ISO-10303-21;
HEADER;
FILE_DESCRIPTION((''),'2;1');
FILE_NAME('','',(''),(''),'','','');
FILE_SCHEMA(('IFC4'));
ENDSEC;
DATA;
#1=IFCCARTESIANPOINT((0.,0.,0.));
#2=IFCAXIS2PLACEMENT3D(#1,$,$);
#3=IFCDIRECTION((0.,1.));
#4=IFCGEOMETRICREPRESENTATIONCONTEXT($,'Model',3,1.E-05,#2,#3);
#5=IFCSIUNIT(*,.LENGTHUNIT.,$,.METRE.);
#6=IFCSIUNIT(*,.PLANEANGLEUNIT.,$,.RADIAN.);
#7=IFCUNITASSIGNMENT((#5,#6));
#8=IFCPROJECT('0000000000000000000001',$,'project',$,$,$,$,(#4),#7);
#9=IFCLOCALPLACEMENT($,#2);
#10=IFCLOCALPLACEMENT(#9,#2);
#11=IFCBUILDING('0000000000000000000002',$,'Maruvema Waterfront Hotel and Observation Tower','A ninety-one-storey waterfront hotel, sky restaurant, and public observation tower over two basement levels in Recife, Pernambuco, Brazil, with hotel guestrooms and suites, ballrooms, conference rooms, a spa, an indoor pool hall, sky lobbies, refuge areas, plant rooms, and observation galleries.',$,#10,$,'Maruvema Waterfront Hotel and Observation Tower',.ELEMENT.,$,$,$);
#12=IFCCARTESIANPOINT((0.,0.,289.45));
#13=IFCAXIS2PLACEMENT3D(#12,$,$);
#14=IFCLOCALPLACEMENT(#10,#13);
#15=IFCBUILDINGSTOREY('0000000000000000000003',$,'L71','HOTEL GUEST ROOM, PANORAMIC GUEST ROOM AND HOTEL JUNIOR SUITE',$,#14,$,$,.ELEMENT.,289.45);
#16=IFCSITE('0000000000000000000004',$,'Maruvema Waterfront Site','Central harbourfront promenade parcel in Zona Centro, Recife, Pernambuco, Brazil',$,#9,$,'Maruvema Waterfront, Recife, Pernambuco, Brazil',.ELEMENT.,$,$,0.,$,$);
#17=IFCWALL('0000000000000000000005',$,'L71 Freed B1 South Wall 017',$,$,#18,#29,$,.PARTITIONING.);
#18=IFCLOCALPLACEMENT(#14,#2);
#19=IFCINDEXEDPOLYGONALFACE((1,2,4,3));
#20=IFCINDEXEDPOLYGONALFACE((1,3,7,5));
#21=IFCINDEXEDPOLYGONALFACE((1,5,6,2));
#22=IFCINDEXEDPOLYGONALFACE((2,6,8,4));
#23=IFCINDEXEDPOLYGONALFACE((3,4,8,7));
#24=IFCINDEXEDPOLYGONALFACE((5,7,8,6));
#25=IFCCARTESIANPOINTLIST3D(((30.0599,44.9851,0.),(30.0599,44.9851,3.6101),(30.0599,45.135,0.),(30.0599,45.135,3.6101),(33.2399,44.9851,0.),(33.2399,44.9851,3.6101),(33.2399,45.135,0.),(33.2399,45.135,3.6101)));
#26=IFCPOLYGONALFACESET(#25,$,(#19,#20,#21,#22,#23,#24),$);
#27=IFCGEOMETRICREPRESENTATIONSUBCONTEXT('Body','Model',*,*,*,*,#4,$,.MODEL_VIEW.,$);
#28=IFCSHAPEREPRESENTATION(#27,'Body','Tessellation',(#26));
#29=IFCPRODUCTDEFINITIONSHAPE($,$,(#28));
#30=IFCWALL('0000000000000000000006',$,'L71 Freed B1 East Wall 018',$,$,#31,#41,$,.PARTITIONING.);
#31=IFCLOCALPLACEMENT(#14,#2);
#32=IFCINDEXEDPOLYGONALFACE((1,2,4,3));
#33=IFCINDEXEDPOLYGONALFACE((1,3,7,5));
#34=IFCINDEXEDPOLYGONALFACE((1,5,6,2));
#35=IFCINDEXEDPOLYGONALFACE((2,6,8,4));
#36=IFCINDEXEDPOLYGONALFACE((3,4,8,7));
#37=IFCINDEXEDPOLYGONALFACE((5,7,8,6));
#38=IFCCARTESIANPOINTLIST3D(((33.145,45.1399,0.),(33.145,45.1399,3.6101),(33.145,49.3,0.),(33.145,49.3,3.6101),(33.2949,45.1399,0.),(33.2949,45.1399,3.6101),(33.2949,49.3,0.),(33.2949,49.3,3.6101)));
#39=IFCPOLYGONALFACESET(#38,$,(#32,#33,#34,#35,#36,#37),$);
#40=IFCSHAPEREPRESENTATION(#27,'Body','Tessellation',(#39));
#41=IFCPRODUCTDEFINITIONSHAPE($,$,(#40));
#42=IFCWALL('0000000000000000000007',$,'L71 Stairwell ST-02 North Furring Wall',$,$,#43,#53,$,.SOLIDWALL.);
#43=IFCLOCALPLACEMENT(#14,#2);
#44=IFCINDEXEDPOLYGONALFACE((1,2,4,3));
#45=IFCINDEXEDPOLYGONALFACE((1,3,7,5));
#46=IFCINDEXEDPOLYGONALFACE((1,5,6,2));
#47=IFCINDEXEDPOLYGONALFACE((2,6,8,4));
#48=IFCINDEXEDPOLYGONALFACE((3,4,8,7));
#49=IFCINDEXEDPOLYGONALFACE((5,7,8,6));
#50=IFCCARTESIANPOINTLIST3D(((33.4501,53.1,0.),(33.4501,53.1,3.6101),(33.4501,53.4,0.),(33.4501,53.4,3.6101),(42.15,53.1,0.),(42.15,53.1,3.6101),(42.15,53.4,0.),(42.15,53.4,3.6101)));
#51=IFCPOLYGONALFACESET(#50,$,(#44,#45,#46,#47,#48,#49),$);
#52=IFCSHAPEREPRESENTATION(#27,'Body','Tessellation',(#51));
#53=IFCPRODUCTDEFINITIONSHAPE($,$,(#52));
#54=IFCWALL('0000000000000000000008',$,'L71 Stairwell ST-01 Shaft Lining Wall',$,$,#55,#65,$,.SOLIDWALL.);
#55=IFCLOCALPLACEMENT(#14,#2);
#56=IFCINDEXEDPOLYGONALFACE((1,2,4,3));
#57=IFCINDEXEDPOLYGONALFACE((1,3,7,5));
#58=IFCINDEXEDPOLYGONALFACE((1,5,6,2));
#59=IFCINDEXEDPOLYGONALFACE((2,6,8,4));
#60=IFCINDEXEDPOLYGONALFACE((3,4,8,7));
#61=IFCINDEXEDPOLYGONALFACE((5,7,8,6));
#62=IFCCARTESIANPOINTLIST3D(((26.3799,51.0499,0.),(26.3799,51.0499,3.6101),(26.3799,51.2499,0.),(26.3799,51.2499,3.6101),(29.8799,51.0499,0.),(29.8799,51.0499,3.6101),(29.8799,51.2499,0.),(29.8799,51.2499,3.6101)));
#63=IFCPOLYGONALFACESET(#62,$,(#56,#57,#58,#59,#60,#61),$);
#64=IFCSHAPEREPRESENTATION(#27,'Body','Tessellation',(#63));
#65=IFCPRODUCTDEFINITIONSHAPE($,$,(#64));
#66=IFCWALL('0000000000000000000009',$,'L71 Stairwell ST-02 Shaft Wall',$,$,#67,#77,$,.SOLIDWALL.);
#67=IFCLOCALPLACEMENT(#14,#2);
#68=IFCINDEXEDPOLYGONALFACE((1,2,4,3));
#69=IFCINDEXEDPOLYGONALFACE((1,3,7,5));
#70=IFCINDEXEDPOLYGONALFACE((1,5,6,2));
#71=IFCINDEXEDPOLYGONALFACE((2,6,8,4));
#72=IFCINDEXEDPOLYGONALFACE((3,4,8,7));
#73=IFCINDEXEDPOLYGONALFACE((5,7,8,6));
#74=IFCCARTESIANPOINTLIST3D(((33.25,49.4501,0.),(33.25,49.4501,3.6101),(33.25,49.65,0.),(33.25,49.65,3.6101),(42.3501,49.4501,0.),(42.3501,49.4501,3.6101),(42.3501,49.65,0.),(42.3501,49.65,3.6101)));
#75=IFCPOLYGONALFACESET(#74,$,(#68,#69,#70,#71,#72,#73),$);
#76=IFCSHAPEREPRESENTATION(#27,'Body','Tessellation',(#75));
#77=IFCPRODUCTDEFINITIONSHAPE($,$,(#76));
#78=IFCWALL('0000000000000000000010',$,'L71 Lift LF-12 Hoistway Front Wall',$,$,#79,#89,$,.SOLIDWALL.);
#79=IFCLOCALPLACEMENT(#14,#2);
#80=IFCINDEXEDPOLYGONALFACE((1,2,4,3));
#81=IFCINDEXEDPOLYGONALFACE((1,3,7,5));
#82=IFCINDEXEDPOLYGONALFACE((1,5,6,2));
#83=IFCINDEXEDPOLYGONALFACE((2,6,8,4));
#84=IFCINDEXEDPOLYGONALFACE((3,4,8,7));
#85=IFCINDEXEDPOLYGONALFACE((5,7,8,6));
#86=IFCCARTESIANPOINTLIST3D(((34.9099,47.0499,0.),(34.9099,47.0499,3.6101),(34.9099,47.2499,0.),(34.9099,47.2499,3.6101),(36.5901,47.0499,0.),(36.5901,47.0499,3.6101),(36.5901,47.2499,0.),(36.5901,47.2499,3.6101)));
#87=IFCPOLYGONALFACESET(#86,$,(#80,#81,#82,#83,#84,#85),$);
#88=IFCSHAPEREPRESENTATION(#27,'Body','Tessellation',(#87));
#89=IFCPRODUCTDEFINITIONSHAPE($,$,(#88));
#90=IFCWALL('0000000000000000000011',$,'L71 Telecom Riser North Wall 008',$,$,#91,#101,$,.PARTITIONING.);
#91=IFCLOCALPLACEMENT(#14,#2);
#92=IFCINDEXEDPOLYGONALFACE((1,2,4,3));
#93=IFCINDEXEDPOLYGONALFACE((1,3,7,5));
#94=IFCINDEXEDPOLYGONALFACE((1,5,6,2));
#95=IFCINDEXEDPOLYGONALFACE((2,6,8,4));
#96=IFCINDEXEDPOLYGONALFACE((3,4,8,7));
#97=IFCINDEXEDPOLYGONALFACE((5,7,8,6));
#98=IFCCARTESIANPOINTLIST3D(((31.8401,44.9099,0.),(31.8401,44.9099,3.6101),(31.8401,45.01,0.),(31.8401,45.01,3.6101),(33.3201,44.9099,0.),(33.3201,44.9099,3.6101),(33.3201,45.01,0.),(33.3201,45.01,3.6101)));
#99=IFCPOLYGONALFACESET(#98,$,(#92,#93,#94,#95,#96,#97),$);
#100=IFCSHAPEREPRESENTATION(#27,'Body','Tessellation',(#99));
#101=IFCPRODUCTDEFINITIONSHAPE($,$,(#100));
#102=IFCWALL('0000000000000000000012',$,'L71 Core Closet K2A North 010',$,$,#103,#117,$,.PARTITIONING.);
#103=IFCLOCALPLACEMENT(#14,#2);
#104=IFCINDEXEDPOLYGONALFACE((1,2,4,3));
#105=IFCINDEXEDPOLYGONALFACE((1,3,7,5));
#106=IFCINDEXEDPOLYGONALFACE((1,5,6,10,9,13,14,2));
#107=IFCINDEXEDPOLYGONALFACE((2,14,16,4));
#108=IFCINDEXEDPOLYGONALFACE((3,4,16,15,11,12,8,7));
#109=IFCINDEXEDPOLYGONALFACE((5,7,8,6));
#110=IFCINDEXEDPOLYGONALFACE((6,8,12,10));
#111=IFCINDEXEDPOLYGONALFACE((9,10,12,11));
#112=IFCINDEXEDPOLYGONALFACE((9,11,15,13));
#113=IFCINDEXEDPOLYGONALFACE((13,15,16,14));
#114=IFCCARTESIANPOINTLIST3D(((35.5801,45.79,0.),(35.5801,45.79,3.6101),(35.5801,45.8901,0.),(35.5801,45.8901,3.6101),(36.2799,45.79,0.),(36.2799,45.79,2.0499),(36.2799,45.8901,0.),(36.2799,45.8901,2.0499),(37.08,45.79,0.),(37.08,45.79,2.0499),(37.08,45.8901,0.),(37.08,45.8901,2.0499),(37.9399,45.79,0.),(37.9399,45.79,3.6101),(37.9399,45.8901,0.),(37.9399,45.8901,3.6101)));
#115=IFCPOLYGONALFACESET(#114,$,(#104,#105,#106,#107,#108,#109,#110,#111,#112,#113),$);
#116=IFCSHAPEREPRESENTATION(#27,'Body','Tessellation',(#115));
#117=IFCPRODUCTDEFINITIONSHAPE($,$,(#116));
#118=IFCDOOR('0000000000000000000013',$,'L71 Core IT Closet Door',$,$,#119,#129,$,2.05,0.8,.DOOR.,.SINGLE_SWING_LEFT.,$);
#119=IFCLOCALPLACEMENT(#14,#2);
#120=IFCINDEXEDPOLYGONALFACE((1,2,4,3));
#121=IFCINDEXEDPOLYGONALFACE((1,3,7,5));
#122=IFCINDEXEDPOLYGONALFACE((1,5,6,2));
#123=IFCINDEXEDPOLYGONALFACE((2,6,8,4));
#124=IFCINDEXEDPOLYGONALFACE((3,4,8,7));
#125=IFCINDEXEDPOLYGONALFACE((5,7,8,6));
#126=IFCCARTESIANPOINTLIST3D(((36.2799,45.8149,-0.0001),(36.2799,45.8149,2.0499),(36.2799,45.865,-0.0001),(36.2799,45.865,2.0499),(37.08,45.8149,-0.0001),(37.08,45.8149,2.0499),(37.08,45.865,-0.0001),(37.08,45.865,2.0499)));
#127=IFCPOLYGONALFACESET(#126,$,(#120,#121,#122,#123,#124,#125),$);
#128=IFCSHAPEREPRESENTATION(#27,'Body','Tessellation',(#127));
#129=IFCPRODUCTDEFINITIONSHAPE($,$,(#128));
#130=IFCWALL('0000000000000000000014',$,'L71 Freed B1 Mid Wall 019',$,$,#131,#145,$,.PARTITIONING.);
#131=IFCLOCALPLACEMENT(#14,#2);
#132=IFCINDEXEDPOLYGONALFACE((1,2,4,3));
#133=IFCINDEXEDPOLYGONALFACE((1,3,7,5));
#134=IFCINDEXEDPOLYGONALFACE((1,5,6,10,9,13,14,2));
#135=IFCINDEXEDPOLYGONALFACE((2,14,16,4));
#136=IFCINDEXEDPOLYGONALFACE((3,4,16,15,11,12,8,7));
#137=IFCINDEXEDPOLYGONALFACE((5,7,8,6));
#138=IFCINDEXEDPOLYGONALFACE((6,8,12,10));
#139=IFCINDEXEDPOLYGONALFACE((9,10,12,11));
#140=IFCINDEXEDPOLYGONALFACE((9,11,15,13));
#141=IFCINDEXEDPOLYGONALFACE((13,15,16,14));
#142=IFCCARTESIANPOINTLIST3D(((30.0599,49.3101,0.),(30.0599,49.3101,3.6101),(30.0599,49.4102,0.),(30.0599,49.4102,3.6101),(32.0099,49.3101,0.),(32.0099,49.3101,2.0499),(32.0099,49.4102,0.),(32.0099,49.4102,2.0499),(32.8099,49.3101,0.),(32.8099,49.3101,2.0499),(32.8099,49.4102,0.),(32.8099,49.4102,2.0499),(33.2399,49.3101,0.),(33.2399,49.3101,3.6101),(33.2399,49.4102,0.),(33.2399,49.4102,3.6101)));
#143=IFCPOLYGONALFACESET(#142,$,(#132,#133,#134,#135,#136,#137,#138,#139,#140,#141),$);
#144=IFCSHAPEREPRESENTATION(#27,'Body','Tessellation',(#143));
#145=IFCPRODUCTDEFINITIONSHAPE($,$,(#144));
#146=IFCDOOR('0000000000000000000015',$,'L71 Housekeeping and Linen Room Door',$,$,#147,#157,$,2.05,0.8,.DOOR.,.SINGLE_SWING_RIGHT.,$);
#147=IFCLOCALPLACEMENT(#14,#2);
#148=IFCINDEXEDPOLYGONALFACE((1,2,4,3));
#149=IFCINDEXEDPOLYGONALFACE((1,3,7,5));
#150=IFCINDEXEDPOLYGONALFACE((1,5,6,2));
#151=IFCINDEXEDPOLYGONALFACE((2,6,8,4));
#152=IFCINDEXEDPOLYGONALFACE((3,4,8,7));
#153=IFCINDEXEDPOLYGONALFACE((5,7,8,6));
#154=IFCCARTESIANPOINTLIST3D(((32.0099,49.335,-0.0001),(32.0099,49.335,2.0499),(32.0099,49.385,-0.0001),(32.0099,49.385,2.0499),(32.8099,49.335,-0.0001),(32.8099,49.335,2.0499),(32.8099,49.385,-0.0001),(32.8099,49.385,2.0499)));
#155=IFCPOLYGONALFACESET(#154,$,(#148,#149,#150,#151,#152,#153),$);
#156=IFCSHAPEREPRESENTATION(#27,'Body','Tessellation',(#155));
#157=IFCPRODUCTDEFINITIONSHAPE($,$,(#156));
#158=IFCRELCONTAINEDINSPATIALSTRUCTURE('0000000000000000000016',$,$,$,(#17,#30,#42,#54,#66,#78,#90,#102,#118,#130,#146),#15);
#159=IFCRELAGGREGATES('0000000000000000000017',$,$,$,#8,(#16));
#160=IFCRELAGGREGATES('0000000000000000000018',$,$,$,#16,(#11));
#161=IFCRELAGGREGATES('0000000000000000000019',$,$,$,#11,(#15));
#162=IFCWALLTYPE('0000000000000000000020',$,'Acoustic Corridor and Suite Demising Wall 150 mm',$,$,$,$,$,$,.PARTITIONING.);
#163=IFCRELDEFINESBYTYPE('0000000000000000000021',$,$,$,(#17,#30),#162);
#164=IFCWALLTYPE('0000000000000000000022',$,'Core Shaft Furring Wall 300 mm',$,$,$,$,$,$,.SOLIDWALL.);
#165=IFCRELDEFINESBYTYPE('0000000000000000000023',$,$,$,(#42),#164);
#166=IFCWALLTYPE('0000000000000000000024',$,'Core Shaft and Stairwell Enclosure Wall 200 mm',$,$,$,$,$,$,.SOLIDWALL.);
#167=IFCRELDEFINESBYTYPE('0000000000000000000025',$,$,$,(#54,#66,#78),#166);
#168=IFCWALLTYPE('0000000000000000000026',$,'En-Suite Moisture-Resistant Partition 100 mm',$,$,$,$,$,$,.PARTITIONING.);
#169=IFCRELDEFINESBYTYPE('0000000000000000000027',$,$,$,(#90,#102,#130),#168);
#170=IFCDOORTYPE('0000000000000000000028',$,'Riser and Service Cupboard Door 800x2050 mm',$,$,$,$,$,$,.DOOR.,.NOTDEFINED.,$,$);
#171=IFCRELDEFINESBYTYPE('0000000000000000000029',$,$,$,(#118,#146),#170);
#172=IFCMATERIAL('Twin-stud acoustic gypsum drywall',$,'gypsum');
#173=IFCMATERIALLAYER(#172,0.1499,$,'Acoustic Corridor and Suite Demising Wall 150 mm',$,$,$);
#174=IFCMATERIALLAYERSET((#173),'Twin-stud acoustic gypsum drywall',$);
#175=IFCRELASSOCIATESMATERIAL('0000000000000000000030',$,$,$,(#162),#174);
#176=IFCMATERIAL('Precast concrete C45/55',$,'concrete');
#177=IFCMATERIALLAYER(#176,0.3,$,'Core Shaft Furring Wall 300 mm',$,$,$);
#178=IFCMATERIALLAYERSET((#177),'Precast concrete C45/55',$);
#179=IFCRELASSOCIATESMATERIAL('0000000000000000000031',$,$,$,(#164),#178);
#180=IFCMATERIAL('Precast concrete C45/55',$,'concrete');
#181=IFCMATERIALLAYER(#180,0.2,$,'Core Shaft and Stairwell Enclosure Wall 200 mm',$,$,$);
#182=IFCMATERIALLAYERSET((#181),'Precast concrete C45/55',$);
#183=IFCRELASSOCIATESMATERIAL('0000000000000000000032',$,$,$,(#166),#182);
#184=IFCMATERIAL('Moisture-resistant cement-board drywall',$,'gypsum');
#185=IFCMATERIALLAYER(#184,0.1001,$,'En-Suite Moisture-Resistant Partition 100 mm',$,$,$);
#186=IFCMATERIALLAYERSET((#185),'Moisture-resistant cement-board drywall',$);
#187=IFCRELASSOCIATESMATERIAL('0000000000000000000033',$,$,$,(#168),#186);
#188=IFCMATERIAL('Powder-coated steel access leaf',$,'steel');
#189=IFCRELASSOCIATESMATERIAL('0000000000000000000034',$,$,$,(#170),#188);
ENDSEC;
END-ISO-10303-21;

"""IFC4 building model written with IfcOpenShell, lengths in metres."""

from ifc_helpers import new_model, si_unit, direction, frame, frame_2d, origin, place, context, subcontext, project, spatial, rectangle, extrude, material, layer, layer_set, type_object, element, fill, save


model = new_model("IFC4")

# Units and contexts
model_context = context("Model", 3, precision=1e-05, world=origin(), true_north=direction((0.0, 1.0)))
body_context = subcontext(model_context, "Body", "Model", "MODEL_VIEW")
ifc_project = project(units=[si_unit("LENGTHUNIT", "METRE"), si_unit("PLANEANGLEUNIT", "RADIAN")], contexts=[model_context])

# Site, building, storey
site_placement = place(None, origin())
site = spatial("IfcSite", under=ifc_project, at=site_placement, Name="Maruvema Waterfront Site", Description="Central harbourfront promenade parcel in Zona Centro, Recife, Pernambuco, Brazil", LongName="Maruvema Waterfront, Recife, Pernambuco, Brazil", CompositionType="ELEMENT", RefElevation=0.0)
building_placement = place(site_placement, origin())
building = spatial("IfcBuilding", under=site, at=building_placement, Name="Maruvema Waterfront Hotel and Observation Tower", Description="A ninety-one-storey waterfront hotel, sky restaurant, and public observation tower over two basement levels in Recife, Pernambuco, Brazil, with hotel guestrooms and suites, ballrooms, conference rooms, a spa, an indoor pool hall, sky lobbies, refuge areas, plant rooms, and observation galleries.", LongName="Maruvema Waterfront Hotel and Observation Tower", CompositionType="ELEMENT")
storey_placement = place(building_placement, frame((0.0, 0.0, 289.45)))
storey = spatial("IfcBuildingStorey", under=building, at=storey_placement, Name="L71", Description="HOTEL GUEST ROOM, PANORAMIC GUEST ROOM AND HOTEL JUNIOR SUITE", CompositionType="ELEMENT", Elevation=289.45)

# Walls
ifc_material_1 = material(Name="Twin-stud acoustic gypsum drywall", Category="gypsum")
ifc_layer_1 = layer(ifc_material_1, 0.1499, Name="Acoustic Corridor and Suite Demising Wall 150 mm")
ifc_layer_set_1 = layer_set([ifc_layer_1], Name="Twin-stud acoustic gypsum drywall")
wall_type_1 = type_object("IfcWallType", Name="Acoustic Corridor and Suite Demising Wall 150 mm", PredefinedType="PARTITIONING", material=ifc_layer_set_1)
wall_1_placement = place(storey_placement, frame((30.0601, 45.0601, 0.0), z_axis=(0.0, 0.0, 1.0), x_axis=(1.0, 0.0, 0.0)))
element("IfcWall", 1, at=wall_1_placement, inside=storey, type_object=wall_type_1, Name="L71 Freed B1 South Wall 017", PredefinedType="PARTITIONING", context=body_context, shape_type="SweptSolid", body=[
    extrude(rectangle(XDim=3.1799, YDim=0.1499, at=frame_2d((1.5898, 0.0))), origin(), (0.0, 0.0, 1.0), 3.6101),
])
wall_2_placement = place(storey_placement, frame((33.22, 45.1399, 0.0), z_axis=(0.0, 0.0, 1.0), x_axis=(0.0, 1.0, 0.0)))
element("IfcWall", 2, at=wall_2_placement, inside=storey, type_object=wall_type_1, Name="L71 Freed B1 East Wall 018", PredefinedType="PARTITIONING", context=body_context, shape_type="SweptSolid", body=[
    extrude(rectangle(XDim=4.1602, YDim=0.1499, at=frame_2d((2.0801, 0.0))), origin(), (0.0, 0.0, 1.0), 3.6101),
])
ifc_material_2 = material(Name="Precast concrete C45/55", Category="concrete")
ifc_layer_2 = layer(ifc_material_2, 0.3, Name="Core Shaft Furring Wall 300 mm")
ifc_layer_set_2 = layer_set([ifc_layer_2], Name="Precast concrete C45/55")
wall_type_2 = type_object("IfcWallType", Name="Core Shaft Furring Wall 300 mm", PredefinedType="SOLIDWALL", material=ifc_layer_set_2)
wall_3_placement = place(storey_placement, frame((33.45, 53.25, 0.0), z_axis=(0.0, 0.0, 1.0), x_axis=(1.0, 0.0, 0.0)))
element("IfcWall", 3, at=wall_3_placement, inside=storey, type_object=wall_type_2, Name="L71 Stairwell ST-02 North Furring Wall", PredefinedType="SOLIDWALL", context=body_context, shape_type="SweptSolid", body=[
    extrude(rectangle(XDim=8.7, YDim=0.3, at=frame_2d((4.3501, 0.0))), origin(), (0.0, 0.0, 1.0), 3.6101),
])
ifc_material_3 = material(Name="Precast concrete C45/55", Category="concrete")
ifc_layer_3 = layer(ifc_material_3, 0.2, Name="Core Shaft and Stairwell Enclosure Wall 200 mm")
ifc_layer_set_3 = layer_set([ifc_layer_3], Name="Precast concrete C45/55")
wall_type_3 = type_object("IfcWallType", Name="Core Shaft and Stairwell Enclosure Wall 200 mm", PredefinedType="SOLIDWALL", material=ifc_layer_set_3)
wall_4_placement = place(storey_placement, frame((26.3799, 51.1499, 0.0), z_axis=(0.0, 0.0, 1.0), x_axis=(1.0, 0.0, 0.0)))
element("IfcWall", 4, at=wall_4_placement, inside=storey, type_object=wall_type_3, Name="L71 Stairwell ST-01 Shaft Lining Wall", PredefinedType="SOLIDWALL", context=body_context, shape_type="SweptSolid", body=[
    extrude(rectangle(XDim=3.5, YDim=0.2, at=frame_2d((1.75, 0.0))), origin(), (0.0, 0.0, 1.0), 3.6101),
])
wall_5_placement = place(storey_placement, frame((33.25, 49.55, 0.0), z_axis=(0.0, 0.0, 1.0), x_axis=(1.0, 0.0, 0.0)))
element("IfcWall", 5, at=wall_5_placement, inside=storey, type_object=wall_type_3, Name="L71 Stairwell ST-02 Shaft Wall", PredefinedType="SOLIDWALL", context=body_context, shape_type="SweptSolid", body=[
    extrude(rectangle(XDim=9.1001, YDim=0.2, at=frame_2d((4.55, 0.0))), origin(), (0.0, 0.0, 1.0), 3.6101),
])

# Walls
wall_6_placement = place(storey_placement, frame((34.9099, 47.1499, 0.0), z_axis=(0.0, 0.0, 1.0), x_axis=(1.0, 0.0, 0.0)))
element("IfcWall", 6, at=wall_6_placement, inside=storey, type_object=wall_type_3, Name="L71 Lift LF-12 Hoistway Front Wall", PredefinedType="SOLIDWALL", context=body_context, shape_type="SweptSolid", body=[
    extrude(rectangle(XDim=1.6802, YDim=0.2, at=frame_2d((0.8401, 0.0))), origin(), (0.0, 0.0, 1.0), 3.6101),
])
ifc_material_4 = material(Name="Moisture-resistant cement-board drywall", Category="gypsum")
ifc_layer_4 = layer(ifc_material_4, 0.1001, Name="En-Suite Moisture-Resistant Partition 100 mm")
ifc_layer_set_4 = layer_set([ifc_layer_4], Name="Moisture-resistant cement-board drywall")
wall_type_4 = type_object("IfcWallType", Name="En-Suite Moisture-Resistant Partition 100 mm", PredefinedType="PARTITIONING", material=ifc_layer_set_4)
wall_7_placement = place(storey_placement, frame((31.8401, 44.96, 0.0), z_axis=(0.0, 0.0, 1.0), x_axis=(1.0, 0.0, 0.0)))
element("IfcWall", 7, at=wall_7_placement, inside=storey, type_object=wall_type_4, Name="L71 Telecom Riser North Wall 008", PredefinedType="PARTITIONING", context=body_context, shape_type="SweptSolid", body=[
    extrude(rectangle(XDim=1.48, YDim=0.1001, at=frame_2d((0.74, 0.0))), origin(), (0.0, 0.0, 1.0), 3.6101),
])

# Walls, openings, doors
wall_8_placement = place(storey_placement, frame((35.5801, 45.8401, 0.0), z_axis=(0.0, 0.0, 1.0), x_axis=(1.0, 0.0, 0.0)))
wall_8 = element("IfcWall", 8, at=wall_8_placement, inside=storey, type_object=wall_type_4, Name="L71 Core Closet K2A North 010", PredefinedType="PARTITIONING", context=body_context, shape_type="SweptSolid", body=[
    extrude(rectangle(XDim=2.3599, YDim=0.1001, at=frame_2d((1.1799, 0.0))), origin(), (0.0, 0.0, 1.0), 3.6101),
])
opening_1_placement = place(wall_8_placement, frame((0.7, 0.0, 0.0)))
opening_1 = element("IfcOpeningElement", 9, at=opening_1_placement, cuts=wall_8, PredefinedType="OPENING", context=body_context, shape_type="SweptSolid", body=[
    extrude(rectangle(XDim=0.8, YDim=2.05, at=frame_2d((0.3999, 1.0249))), frame((0.0, 0.0601, 0.0), z_axis=(0.0, -1.0, 0.0), x_axis=(1.0, 0.0, 0.0)), (0.0, 0.0, 1.0), 0.1201),
])
ifc_material_5 = material(Name="Powder-coated steel access leaf", Category="steel")
door_type_1 = type_object("IfcDoorType", Name="Riser and Service Cupboard Door 800x2050 mm", OperationType="NOTDEFINED", PredefinedType="DOOR", material=ifc_material_5)
door_1_placement = place(opening_1_placement, origin())
door_1 = element("IfcDoor", 10, at=door_1_placement, inside=storey, type_object=door_type_1, Name="L71 Core IT Closet Door", OperationType="SINGLE_SWING_LEFT", OverallHeight=2.05, OverallWidth=0.8, PredefinedType="DOOR", context=body_context, shape_type="SweptSolid", body=[
    extrude(rectangle(XDim=0.8, YDim=2.05, at=frame_2d((0.3999, 1.0249))), frame((0.0, 0.0249, 0.0), z_axis=(0.0, -1.0, 0.0), x_axis=(1.0, 0.0, 0.0)), (0.0, 0.0, 1.0), 0.05),
])
fill(opening_1, door_1)
wall_9_placement = place(storey_placement, frame((30.0601, 49.3601, 0.0), z_axis=(0.0, 0.0, 1.0), x_axis=(1.0, 0.0, 0.0)))
wall_9 = element("IfcWall", 11, at=wall_9_placement, inside=storey, type_object=wall_type_4, Name="L71 Freed B1 Mid Wall 019", PredefinedType="PARTITIONING", context=body_context, shape_type="SweptSolid", body=[
    extrude(rectangle(XDim=3.1799, YDim=0.1001, at=frame_2d((1.5898, 0.0))), origin(), (0.0, 0.0, 1.0), 3.6101),
])
opening_2_placement = place(wall_9_placement, frame((1.95, 0.0, 0.0)))
opening_2 = element("IfcOpeningElement", 12, at=opening_2_placement, cuts=wall_9, PredefinedType="OPENING", context=body_context, shape_type="SweptSolid", body=[
    extrude(rectangle(XDim=0.8, YDim=2.05, at=frame_2d((0.3999, 1.0249))), frame((0.0, 0.0601, 0.0), z_axis=(0.0, -1.0, 0.0), x_axis=(1.0, 0.0, 0.0)), (0.0, 0.0, 1.0), 0.1201),
])
door_2_placement = place(opening_2_placement, origin())
door_2 = element("IfcDoor", 13, at=door_2_placement, inside=storey, type_object=door_type_1, Name="L71 Housekeeping and Linen Room Door", OperationType="SINGLE_SWING_RIGHT", OverallHeight=2.05, OverallWidth=0.8, PredefinedType="DOOR", context=body_context, shape_type="SweptSolid", body=[
    extrude(rectangle(XDim=0.8, YDim=2.05, at=frame_2d((0.3999, 1.0249))), frame((0.0, 0.0249, 0.0), z_axis=(0.0, -1.0, 0.0), x_axis=(1.0, 0.0, 0.0)), (0.0, 0.0, 1.0), 0.05),
])
fill(opening_2, door_2)

save(model, "model.ifc")
